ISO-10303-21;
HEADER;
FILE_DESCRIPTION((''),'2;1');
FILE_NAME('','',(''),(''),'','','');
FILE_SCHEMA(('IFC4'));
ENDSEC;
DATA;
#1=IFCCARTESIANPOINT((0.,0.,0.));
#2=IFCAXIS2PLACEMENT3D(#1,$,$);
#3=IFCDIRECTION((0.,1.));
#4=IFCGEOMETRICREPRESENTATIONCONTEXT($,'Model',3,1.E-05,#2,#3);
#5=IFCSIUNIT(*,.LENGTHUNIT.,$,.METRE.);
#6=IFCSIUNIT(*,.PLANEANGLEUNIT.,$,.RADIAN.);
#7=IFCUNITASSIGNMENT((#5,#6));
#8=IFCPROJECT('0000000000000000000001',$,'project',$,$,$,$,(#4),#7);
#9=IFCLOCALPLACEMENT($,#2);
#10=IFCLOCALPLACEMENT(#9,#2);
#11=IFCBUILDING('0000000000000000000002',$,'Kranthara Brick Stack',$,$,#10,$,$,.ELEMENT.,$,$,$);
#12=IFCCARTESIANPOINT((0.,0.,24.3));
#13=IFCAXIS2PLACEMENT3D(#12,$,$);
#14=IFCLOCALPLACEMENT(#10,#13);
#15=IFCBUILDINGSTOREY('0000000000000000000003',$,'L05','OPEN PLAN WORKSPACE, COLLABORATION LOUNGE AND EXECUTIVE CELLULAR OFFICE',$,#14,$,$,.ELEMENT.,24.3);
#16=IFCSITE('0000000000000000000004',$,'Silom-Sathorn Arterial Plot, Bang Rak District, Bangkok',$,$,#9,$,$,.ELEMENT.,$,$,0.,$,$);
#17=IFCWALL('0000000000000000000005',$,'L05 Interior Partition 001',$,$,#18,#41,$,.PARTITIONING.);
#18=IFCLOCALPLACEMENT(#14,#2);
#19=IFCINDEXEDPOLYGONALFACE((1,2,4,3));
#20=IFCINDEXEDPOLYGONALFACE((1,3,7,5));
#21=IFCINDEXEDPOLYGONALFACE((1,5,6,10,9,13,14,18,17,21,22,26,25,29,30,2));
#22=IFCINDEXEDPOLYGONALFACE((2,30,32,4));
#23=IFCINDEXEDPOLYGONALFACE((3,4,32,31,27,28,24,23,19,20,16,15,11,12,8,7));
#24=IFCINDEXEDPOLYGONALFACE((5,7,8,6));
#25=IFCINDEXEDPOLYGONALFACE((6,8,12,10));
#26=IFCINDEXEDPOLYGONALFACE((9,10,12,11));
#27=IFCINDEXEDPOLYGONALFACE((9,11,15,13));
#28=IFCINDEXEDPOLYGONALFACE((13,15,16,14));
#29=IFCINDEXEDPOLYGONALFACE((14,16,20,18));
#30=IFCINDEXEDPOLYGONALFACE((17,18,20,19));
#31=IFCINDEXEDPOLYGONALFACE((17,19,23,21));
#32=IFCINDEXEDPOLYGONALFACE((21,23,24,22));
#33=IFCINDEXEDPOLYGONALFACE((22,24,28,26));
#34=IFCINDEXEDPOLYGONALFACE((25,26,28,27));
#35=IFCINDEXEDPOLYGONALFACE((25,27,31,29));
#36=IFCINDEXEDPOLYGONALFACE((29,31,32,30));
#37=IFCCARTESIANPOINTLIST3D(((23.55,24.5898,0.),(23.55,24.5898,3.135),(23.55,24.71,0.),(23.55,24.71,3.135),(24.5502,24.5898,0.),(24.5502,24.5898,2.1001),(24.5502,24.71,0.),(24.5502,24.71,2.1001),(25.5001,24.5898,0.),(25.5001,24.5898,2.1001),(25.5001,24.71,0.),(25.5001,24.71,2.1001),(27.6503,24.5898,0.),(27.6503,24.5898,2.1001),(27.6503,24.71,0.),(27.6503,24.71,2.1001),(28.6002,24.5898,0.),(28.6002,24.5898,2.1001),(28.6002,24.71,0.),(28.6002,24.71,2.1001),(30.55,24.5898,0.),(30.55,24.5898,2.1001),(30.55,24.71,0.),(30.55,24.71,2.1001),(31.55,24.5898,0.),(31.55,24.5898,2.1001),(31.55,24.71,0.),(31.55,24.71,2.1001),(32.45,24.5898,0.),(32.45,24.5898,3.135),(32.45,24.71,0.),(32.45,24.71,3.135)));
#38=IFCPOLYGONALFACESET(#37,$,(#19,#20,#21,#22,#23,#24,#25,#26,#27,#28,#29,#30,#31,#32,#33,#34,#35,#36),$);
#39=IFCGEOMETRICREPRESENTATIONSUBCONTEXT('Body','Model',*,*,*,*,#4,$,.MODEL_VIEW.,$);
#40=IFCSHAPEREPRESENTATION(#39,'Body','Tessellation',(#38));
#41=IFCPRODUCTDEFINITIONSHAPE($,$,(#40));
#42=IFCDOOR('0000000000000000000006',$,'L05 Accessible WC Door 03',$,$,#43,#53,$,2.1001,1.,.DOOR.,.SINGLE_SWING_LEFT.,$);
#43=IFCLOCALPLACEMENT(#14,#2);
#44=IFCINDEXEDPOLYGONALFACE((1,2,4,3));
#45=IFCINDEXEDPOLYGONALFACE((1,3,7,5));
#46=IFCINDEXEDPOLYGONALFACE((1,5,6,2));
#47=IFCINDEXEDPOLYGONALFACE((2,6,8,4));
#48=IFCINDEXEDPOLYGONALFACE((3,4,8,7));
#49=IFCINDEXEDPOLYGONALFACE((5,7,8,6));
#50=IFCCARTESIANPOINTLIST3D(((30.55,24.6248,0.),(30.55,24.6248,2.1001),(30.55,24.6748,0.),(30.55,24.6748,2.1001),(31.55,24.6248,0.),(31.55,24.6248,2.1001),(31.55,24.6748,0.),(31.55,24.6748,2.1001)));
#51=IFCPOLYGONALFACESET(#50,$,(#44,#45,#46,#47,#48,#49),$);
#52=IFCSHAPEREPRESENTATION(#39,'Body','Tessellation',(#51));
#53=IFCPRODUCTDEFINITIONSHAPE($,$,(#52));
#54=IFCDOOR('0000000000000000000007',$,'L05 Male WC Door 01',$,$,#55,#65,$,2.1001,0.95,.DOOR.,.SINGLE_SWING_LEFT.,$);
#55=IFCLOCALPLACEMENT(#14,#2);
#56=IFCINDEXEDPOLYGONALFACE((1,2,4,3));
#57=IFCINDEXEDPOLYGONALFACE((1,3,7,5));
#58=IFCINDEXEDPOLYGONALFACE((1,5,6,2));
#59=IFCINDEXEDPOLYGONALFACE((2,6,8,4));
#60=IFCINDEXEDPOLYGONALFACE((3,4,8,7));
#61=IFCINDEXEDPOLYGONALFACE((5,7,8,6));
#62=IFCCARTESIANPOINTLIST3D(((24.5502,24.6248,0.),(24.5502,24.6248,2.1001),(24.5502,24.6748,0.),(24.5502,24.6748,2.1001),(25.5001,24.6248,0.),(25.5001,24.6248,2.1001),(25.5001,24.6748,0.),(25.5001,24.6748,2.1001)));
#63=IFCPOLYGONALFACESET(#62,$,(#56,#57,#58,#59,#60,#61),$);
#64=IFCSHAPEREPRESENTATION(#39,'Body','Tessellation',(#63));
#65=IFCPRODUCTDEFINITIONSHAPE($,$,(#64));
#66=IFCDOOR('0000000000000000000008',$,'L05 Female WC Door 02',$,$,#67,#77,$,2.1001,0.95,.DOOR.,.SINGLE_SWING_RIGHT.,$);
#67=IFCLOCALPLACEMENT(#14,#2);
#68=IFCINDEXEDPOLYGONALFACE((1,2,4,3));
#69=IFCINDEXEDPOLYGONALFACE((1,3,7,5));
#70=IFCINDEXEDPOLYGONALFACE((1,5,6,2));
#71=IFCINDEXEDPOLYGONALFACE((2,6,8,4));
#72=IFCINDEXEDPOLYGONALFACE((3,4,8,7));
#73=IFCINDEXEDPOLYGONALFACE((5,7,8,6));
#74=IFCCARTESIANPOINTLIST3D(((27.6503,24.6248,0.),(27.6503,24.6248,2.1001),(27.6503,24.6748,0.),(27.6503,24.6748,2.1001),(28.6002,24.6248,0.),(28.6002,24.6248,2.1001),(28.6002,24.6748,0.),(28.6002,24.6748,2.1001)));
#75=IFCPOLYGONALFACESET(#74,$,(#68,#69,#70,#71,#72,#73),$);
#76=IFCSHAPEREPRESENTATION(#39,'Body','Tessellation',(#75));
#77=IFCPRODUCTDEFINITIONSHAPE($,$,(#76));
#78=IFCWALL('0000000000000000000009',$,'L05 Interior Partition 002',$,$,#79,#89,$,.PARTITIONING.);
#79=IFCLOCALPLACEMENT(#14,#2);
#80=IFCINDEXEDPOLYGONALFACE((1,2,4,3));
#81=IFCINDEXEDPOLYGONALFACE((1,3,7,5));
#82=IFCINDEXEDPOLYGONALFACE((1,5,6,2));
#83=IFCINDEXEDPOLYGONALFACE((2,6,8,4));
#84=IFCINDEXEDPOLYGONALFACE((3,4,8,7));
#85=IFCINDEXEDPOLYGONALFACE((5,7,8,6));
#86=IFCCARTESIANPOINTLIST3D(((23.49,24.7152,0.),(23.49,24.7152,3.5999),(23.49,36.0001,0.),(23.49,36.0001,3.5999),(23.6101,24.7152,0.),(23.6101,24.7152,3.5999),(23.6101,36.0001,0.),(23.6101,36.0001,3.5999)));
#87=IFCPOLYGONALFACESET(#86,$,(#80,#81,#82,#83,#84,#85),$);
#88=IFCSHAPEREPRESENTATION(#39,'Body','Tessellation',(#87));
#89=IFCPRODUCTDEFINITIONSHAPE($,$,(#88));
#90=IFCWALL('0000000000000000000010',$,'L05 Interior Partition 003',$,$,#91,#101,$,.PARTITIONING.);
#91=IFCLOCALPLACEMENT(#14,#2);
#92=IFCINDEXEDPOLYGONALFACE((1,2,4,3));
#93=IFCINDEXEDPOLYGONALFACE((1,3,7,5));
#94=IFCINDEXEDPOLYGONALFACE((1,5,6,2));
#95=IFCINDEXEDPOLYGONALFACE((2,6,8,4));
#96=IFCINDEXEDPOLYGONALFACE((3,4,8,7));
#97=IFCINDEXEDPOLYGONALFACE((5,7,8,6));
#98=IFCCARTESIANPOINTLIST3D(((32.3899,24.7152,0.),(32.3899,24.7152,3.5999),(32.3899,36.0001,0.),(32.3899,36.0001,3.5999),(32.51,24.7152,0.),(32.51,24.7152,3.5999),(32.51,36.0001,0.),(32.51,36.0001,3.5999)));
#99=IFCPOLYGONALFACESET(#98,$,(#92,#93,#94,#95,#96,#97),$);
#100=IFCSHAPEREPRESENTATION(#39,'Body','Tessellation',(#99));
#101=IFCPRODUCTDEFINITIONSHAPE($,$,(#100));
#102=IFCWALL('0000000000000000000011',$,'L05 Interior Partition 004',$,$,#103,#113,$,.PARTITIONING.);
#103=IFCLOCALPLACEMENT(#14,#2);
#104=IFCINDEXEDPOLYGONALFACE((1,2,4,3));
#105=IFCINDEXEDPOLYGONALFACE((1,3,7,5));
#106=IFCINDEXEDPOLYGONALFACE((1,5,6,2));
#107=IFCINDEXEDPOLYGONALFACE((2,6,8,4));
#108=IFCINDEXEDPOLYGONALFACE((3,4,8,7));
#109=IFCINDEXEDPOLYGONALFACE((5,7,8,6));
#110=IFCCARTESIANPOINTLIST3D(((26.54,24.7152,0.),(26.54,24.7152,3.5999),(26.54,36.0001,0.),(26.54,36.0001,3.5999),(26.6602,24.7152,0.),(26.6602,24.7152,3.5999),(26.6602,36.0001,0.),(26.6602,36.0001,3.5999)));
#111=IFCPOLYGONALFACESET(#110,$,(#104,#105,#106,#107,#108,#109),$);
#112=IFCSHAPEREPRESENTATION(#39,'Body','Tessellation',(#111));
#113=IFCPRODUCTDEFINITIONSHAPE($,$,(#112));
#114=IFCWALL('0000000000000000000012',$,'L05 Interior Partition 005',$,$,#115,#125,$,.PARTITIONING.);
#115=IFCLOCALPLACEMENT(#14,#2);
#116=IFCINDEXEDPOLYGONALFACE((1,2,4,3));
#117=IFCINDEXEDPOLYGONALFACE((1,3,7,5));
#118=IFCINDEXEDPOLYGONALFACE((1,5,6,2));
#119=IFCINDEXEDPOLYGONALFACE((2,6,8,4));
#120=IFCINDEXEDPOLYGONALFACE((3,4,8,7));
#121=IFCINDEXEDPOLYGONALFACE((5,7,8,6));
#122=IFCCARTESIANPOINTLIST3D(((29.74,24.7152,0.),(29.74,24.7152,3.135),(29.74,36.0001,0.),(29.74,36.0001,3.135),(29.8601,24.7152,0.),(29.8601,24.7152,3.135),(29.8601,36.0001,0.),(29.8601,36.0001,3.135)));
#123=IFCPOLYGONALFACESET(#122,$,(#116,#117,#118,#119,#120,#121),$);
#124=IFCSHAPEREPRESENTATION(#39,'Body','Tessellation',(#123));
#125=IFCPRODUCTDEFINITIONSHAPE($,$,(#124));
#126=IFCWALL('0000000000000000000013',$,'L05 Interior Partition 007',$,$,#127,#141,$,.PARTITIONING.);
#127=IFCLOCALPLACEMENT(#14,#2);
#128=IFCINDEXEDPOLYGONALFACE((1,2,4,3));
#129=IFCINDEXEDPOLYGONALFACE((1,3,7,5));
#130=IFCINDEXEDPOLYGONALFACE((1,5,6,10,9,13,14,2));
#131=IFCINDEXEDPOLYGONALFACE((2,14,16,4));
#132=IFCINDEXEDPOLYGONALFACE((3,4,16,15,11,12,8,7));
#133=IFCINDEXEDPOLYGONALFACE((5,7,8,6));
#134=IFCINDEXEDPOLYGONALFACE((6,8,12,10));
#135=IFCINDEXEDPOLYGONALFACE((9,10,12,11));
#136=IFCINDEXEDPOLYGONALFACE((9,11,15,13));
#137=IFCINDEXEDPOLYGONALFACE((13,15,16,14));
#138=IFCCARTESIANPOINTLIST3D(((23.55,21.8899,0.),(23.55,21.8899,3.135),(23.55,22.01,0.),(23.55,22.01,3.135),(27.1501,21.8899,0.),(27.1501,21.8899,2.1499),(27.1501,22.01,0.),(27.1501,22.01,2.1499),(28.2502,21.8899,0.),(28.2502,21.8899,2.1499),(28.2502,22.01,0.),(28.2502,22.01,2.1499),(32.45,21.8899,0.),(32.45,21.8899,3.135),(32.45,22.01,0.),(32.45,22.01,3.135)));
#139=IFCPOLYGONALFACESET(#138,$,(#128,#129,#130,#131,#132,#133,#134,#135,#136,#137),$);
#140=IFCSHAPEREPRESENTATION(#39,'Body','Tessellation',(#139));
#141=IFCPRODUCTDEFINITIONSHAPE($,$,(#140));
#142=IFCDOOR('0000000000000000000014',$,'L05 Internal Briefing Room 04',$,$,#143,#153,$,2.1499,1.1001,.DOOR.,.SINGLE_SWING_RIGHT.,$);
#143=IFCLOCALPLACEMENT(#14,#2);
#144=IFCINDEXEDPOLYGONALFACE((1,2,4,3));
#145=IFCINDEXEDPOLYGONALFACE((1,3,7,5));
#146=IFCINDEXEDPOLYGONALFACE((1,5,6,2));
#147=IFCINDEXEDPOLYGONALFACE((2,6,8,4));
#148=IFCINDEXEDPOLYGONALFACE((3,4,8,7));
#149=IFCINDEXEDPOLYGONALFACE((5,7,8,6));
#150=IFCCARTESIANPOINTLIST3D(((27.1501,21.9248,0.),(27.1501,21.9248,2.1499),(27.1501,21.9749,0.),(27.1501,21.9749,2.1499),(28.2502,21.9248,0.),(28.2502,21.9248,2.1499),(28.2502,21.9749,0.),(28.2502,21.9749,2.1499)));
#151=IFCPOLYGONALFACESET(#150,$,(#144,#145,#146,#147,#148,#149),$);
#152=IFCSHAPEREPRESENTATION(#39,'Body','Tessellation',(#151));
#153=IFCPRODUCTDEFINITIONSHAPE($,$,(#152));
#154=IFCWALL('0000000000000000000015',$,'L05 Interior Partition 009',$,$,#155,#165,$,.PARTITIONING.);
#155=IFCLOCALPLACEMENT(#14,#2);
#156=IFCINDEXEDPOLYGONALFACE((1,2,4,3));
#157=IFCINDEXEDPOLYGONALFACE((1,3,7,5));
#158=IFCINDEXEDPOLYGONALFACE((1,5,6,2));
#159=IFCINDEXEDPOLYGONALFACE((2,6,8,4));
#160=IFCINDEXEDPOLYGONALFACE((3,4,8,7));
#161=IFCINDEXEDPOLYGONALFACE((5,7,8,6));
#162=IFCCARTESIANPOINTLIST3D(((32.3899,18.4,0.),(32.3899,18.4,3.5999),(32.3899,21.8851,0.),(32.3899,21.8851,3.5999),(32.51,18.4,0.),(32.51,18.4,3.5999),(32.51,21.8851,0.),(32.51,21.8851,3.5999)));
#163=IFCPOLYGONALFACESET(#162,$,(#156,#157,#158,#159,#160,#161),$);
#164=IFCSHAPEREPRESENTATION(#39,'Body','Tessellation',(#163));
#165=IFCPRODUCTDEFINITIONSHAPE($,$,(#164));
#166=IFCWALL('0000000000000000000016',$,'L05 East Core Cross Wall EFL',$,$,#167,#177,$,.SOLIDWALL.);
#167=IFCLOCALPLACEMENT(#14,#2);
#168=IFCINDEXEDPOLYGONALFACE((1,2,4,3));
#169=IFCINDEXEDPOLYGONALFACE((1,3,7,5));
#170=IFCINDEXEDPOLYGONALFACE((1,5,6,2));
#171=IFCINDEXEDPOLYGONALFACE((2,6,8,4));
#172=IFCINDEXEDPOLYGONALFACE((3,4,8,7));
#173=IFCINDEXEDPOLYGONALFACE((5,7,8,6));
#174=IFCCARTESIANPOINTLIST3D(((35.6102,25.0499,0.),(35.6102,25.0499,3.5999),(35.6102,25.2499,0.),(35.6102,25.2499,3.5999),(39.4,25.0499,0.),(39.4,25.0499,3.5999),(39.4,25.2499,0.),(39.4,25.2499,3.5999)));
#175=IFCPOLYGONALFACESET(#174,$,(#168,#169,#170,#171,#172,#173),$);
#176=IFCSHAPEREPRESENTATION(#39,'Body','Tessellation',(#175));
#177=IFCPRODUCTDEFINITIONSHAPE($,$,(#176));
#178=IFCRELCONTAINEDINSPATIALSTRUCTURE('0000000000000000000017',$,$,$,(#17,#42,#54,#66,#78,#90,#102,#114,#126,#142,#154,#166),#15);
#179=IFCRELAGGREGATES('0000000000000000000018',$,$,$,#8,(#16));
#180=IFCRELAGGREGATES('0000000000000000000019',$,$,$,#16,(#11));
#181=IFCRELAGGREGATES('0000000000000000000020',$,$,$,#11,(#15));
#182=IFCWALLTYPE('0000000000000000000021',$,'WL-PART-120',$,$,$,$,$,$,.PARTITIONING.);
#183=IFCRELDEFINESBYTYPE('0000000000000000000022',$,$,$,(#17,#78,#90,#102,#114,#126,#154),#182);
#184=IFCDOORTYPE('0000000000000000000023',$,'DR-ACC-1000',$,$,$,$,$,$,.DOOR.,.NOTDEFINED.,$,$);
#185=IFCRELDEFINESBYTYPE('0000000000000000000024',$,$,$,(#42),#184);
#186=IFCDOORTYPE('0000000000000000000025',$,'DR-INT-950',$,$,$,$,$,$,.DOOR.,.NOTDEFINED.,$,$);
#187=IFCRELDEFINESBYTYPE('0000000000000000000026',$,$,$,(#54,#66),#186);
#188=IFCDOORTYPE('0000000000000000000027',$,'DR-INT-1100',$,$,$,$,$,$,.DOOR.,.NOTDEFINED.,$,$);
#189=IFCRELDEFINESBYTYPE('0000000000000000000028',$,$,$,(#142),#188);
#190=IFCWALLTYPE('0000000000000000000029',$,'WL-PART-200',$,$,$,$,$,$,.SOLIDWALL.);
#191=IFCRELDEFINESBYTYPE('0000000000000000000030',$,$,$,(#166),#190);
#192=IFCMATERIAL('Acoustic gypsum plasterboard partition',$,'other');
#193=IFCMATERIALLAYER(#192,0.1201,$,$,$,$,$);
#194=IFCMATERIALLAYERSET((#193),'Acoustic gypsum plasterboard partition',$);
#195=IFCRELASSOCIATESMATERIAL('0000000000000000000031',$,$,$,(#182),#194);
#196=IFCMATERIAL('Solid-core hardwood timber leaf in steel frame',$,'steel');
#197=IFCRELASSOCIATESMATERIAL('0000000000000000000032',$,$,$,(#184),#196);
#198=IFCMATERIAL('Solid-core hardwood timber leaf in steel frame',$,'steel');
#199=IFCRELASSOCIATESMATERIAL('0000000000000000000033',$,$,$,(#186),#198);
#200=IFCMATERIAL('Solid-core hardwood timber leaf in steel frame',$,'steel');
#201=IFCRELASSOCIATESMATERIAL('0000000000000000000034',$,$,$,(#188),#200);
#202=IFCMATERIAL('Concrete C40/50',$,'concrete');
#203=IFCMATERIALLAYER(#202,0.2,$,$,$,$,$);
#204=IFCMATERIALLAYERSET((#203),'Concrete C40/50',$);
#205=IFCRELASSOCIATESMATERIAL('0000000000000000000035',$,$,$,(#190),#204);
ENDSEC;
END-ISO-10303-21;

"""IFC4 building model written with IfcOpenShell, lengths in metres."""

from ifc_helpers import new_model, si_unit, direction, frame, frame_2d, origin, place, context, subcontext, project, spatial, rectangle, extrude, material, layer, layer_set, type_object, element, fill, save


model = new_model("IFC4")

# Units and contexts
model_context = context("Model", 3, precision=1e-05, world=origin(), true_north=direction((0.0, 1.0)))
body_context = subcontext(model_context, "Body", "Model", "MODEL_VIEW")
ifc_project = project(units=[si_unit("LENGTHUNIT", "METRE"), si_unit("PLANEANGLEUNIT", "RADIAN")], contexts=[model_context])

# Site, building, storey
site_placement = place(None, origin())
site = spatial("IfcSite", under=ifc_project, at=site_placement, Name="Silom-Sathorn Arterial Plot, Bang Rak District, Bangkok", CompositionType="ELEMENT", RefElevation=0.0)
building_placement = place(site_placement, origin())
building = spatial("IfcBuilding", under=site, at=building_placement, Name="Kranthara Brick Stack", CompositionType="ELEMENT")
storey_placement = place(building_placement, frame((0.0, 0.0, 24.3)))
storey = spatial("IfcBuildingStorey", under=building, at=storey_placement, Name="L05", Description="OPEN PLAN WORKSPACE, COLLABORATION LOUNGE AND EXECUTIVE CELLULAR OFFICE", CompositionType="ELEMENT", Elevation=24.3)

# Wall, openings, doors
ifc_material_1 = material(Name="Acoustic gypsum plasterboard partition", Category="other")
ifc_layer_1 = layer(ifc_material_1, 0.1201)
ifc_layer_set_1 = layer_set([ifc_layer_1], Name="Acoustic gypsum plasterboard partition")
wall_type_1 = type_object("IfcWallType", Name="WL-PART-120", PredefinedType="PARTITIONING", material=ifc_layer_set_1)
wall_1_placement = place(storey_placement, frame((23.55, 24.6499, 0.0), z_axis=(0.0, 0.0, 1.0), x_axis=(1.0, 0.0, 0.0)))
wall_1 = element("IfcWall", 1, at=wall_1_placement, inside=storey, type_object=wall_type_1, Name="L05 Interior Partition 001", PredefinedType="PARTITIONING", context=body_context, shape_type="SweptSolid", body=[
    extrude(rectangle(XDim=8.8999, YDim=0.1201, at=frame_2d((4.45, 0.0))), origin(), (0.0, 0.0, 1.0), 3.135),
])
opening_1_placement = place(wall_1_placement, frame((1.0, 0.0, 0.0)))
opening_1 = element("IfcOpeningElement", 2, at=opening_1_placement, cuts=wall_1, PredefinedType="OPENING", context=body_context, shape_type="SweptSolid", body=[
    extrude(rectangle(XDim=0.95, YDim=2.1001, at=frame_2d((0.4751, 1.05))), frame((0.0, 0.0701, 0.0), z_axis=(0.0, -1.0, 0.0), x_axis=(1.0, 0.0, 0.0)), (0.0, 0.0, 1.0), 0.1401),
])
opening_2_placement = place(wall_1_placement, frame((4.1001, 0.0, 0.0)))
opening_2 = element("IfcOpeningElement", 3, at=opening_2_placement, cuts=wall_1, PredefinedType="OPENING", context=body_context, shape_type="SweptSolid", body=[
    extrude(rectangle(XDim=0.95, YDim=2.1001, at=frame_2d((0.4751, 1.05))), frame((0.0, 0.0701, 0.0), z_axis=(0.0, -1.0, 0.0), x_axis=(1.0, 0.0, 0.0)), (0.0, 0.0, 1.0), 0.1401),
])
opening_3_placement = place(wall_1_placement, frame((7.0, 0.0, 0.0)))
opening_3 = element("IfcOpeningElement", 4, at=opening_3_placement, cuts=wall_1, PredefinedType="OPENING", context=body_context, shape_type="SweptSolid", body=[
    extrude(rectangle(XDim=1.0, YDim=2.1001, at=frame_2d((0.5, 1.05))), frame((0.0, 0.0701, 0.0), z_axis=(0.0, -1.0, 0.0), x_axis=(1.0, 0.0, 0.0)), (0.0, 0.0, 1.0), 0.1401),
])
ifc_material_2 = material(Name="Solid-core hardwood timber leaf in steel frame", Category="steel")
door_type_1 = type_object("IfcDoorType", Name="DR-ACC-1000", OperationType="NOTDEFINED", PredefinedType="DOOR", material=ifc_material_2)
door_1_placement = place(opening_3_placement, origin())
door_1 = element("IfcDoor", 5, at=door_1_placement, inside=storey, type_object=door_type_1, Name="L05 Accessible WC Door 03", OperationType="SINGLE_SWING_LEFT", OverallHeight=2.1001, OverallWidth=1.0, PredefinedType="DOOR", context=body_context, shape_type="SweptSolid", body=[
    extrude(rectangle(XDim=1.0, YDim=2.1001, at=frame_2d((0.5, 1.05))), frame((0.0, 0.0249, 0.0), z_axis=(0.0, -1.0, 0.0), x_axis=(1.0, 0.0, 0.0)), (0.0, 0.0, 1.0), 0.05),
])
fill(opening_3, door_1)
ifc_material_3 = material(Name="Solid-core hardwood timber leaf in steel frame", Category="steel")
door_type_2 = type_object("IfcDoorType", Name="DR-INT-950", OperationType="NOTDEFINED", PredefinedType="DOOR", material=ifc_material_3)
door_2_placement = place(opening_1_placement, origin())
door_2 = element("IfcDoor", 6, at=door_2_placement, inside=storey, type_object=door_type_2, Name="L05 Male WC Door 01", OperationType="SINGLE_SWING_LEFT", OverallHeight=2.1001, OverallWidth=0.95, PredefinedType="DOOR", context=body_context, shape_type="SweptSolid", body=[
    extrude(rectangle(XDim=0.95, YDim=2.1001, at=frame_2d((0.4751, 1.05))), frame((0.0, 0.0249, 0.0), z_axis=(0.0, -1.0, 0.0), x_axis=(1.0, 0.0, 0.0)), (0.0, 0.0, 1.0), 0.05),
])
fill(opening_1, door_2)
door_3_placement = place(opening_2_placement, origin())
door_3 = element("IfcDoor", 7, at=door_3_placement, inside=storey, type_object=door_type_2, Name="L05 Female WC Door 02", OperationType="SINGLE_SWING_RIGHT", OverallHeight=2.1001, OverallWidth=0.95, PredefinedType="DOOR", context=body_context, shape_type="SweptSolid", body=[
    extrude(rectangle(XDim=0.95, YDim=2.1001, at=frame_2d((0.4751, 1.05))), frame((0.0, 0.0249, 0.0), z_axis=(0.0, -1.0, 0.0), x_axis=(1.0, 0.0, 0.0)), (0.0, 0.0, 1.0), 0.05),
])
fill(opening_2, door_3)

# Walls
for number, where, z_axis, x_axis, name in (
    (8, (23.55, 24.7151, 0.0), (0.0, 0.0, 1.0), (0.0, 1.0, 0.0), "L05 Interior Partition 002"),
    (9, (32.45, 24.7151, 0.0), (0.0, 0.0, 1.0), (0.0, 1.0, 0.0), "L05 Interior Partition 003"),
    (10, (26.6001, 24.7151, 0.0), (0.0, 0.0, 1.0), (0.0, 1.0, 0.0), "L05 Interior Partition 004"),
):
    element("IfcWall", number, at=place(storey_placement, frame(where, z_axis=z_axis, x_axis=x_axis)), inside=storey, type_object=wall_type_1, Name=name, PredefinedType="PARTITIONING", context=body_context, shape_type="SweptSolid", body=[
        extrude(rectangle(XDim=11.2849, YDim=0.1201, at=frame_2d((5.6426, 0.0))), origin(), (0.0, 0.0, 1.0), 3.5999),
    ])
wall_2_placement = place(storey_placement, frame((29.8, 24.7151, 0.0), z_axis=(0.0, 0.0, 1.0), x_axis=(0.0, 1.0, 0.0)))
element("IfcWall", 11, at=wall_2_placement, inside=storey, type_object=wall_type_1, Name="L05 Interior Partition 005", PredefinedType="PARTITIONING", context=body_context, shape_type="SweptSolid", body=[
    extrude(rectangle(XDim=11.2849, YDim=0.1201, at=frame_2d((5.6426, 0.0))), origin(), (0.0, 0.0, 1.0), 3.135),
])

# Wall, opening, door
wall_3_placement = place(storey_placement, frame((23.55, 21.95, 0.0), z_axis=(0.0, 0.0, 1.0), x_axis=(1.0, 0.0, 0.0)))
wall_3 = element("IfcWall", 12, at=wall_3_placement, inside=storey, type_object=wall_type_1, Name="L05 Interior Partition 007", PredefinedType="PARTITIONING", context=body_context, shape_type="SweptSolid", body=[
    extrude(rectangle(XDim=8.8999, YDim=0.1201, at=frame_2d((4.45, 0.0))), origin(), (0.0, 0.0, 1.0), 3.135),
])
opening_4_placement = place(wall_3_placement, frame((3.6001, 0.0, 0.0)))
opening_4 = element("IfcOpeningElement", 13, at=opening_4_placement, cuts=wall_3, PredefinedType="OPENING", context=body_context, shape_type="SweptSolid", body=[
    extrude(rectangle(XDim=1.1001, YDim=2.1499, at=frame_2d((0.55, 1.075))), frame((0.0, 0.0701, 0.0), z_axis=(0.0, -1.0, 0.0), x_axis=(1.0, 0.0, 0.0)), (0.0, 0.0, 1.0), 0.1401),
])
ifc_material_4 = material(Name="Solid-core hardwood timber leaf in steel frame", Category="steel")
door_type_3 = type_object("IfcDoorType", Name="DR-INT-1100", OperationType="NOTDEFINED", PredefinedType="DOOR", material=ifc_material_4)
door_4_placement = place(opening_4_placement, origin())
door_4 = element("IfcDoor", 14, at=door_4_placement, inside=storey, type_object=door_type_3, Name="L05 Internal Briefing Room 04", OperationType="SINGLE_SWING_RIGHT", OverallHeight=2.1499, OverallWidth=1.1001, PredefinedType="DOOR", context=body_context, shape_type="SweptSolid", body=[
    extrude(rectangle(XDim=1.1001, YDim=2.1499, at=frame_2d((0.55, 1.075))), frame((0.0, 0.0249, 0.0), z_axis=(0.0, -1.0, 0.0), x_axis=(1.0, 0.0, 0.0)), (0.0, 0.0, 1.0), 0.05),
])
fill(opening_4, door_4)

# Walls
wall_4_placement = place(storey_placement, frame((32.45, 18.3999, 0.0), z_axis=(0.0, 0.0, 1.0), x_axis=(0.0, 1.0, 0.0)))
element("IfcWall", 15, at=wall_4_placement, inside=storey, type_object=wall_type_1, Name="L05 Interior Partition 009", PredefinedType="PARTITIONING", context=body_context, shape_type="SweptSolid", body=[
    extrude(rectangle(XDim=3.4851, YDim=0.1201, at=frame_2d((1.7427, 0.0))), origin(), (0.0, 0.0, 1.0), 3.5999),
])
ifc_material_5 = material(Name="Concrete C40/50", Category="concrete")
ifc_layer_2 = layer(ifc_material_5, 0.2)
ifc_layer_set_2 = layer_set([ifc_layer_2], Name="Concrete C40/50")
wall_type_2 = type_object("IfcWallType", Name="WL-PART-200", PredefinedType="SOLIDWALL", material=ifc_layer_set_2)
wall_5_placement = place(storey_placement, frame((35.6101, 25.1499, 0.0), z_axis=(0.0, 0.0, 1.0), x_axis=(1.0, 0.0, 0.0)))
element("IfcWall", 16, at=wall_5_placement, inside=storey, type_object=wall_type_2, Name="L05 East Core Cross Wall EFL", PredefinedType="SOLIDWALL", context=body_context, shape_type="SweptSolid", body=[
    extrude(rectangle(XDim=3.7898, YDim=0.2, at=frame_2d((1.895, 0.0))), origin(), (0.0, 0.0, 1.0), 3.5999),
])

save(model, "model.ifc")
